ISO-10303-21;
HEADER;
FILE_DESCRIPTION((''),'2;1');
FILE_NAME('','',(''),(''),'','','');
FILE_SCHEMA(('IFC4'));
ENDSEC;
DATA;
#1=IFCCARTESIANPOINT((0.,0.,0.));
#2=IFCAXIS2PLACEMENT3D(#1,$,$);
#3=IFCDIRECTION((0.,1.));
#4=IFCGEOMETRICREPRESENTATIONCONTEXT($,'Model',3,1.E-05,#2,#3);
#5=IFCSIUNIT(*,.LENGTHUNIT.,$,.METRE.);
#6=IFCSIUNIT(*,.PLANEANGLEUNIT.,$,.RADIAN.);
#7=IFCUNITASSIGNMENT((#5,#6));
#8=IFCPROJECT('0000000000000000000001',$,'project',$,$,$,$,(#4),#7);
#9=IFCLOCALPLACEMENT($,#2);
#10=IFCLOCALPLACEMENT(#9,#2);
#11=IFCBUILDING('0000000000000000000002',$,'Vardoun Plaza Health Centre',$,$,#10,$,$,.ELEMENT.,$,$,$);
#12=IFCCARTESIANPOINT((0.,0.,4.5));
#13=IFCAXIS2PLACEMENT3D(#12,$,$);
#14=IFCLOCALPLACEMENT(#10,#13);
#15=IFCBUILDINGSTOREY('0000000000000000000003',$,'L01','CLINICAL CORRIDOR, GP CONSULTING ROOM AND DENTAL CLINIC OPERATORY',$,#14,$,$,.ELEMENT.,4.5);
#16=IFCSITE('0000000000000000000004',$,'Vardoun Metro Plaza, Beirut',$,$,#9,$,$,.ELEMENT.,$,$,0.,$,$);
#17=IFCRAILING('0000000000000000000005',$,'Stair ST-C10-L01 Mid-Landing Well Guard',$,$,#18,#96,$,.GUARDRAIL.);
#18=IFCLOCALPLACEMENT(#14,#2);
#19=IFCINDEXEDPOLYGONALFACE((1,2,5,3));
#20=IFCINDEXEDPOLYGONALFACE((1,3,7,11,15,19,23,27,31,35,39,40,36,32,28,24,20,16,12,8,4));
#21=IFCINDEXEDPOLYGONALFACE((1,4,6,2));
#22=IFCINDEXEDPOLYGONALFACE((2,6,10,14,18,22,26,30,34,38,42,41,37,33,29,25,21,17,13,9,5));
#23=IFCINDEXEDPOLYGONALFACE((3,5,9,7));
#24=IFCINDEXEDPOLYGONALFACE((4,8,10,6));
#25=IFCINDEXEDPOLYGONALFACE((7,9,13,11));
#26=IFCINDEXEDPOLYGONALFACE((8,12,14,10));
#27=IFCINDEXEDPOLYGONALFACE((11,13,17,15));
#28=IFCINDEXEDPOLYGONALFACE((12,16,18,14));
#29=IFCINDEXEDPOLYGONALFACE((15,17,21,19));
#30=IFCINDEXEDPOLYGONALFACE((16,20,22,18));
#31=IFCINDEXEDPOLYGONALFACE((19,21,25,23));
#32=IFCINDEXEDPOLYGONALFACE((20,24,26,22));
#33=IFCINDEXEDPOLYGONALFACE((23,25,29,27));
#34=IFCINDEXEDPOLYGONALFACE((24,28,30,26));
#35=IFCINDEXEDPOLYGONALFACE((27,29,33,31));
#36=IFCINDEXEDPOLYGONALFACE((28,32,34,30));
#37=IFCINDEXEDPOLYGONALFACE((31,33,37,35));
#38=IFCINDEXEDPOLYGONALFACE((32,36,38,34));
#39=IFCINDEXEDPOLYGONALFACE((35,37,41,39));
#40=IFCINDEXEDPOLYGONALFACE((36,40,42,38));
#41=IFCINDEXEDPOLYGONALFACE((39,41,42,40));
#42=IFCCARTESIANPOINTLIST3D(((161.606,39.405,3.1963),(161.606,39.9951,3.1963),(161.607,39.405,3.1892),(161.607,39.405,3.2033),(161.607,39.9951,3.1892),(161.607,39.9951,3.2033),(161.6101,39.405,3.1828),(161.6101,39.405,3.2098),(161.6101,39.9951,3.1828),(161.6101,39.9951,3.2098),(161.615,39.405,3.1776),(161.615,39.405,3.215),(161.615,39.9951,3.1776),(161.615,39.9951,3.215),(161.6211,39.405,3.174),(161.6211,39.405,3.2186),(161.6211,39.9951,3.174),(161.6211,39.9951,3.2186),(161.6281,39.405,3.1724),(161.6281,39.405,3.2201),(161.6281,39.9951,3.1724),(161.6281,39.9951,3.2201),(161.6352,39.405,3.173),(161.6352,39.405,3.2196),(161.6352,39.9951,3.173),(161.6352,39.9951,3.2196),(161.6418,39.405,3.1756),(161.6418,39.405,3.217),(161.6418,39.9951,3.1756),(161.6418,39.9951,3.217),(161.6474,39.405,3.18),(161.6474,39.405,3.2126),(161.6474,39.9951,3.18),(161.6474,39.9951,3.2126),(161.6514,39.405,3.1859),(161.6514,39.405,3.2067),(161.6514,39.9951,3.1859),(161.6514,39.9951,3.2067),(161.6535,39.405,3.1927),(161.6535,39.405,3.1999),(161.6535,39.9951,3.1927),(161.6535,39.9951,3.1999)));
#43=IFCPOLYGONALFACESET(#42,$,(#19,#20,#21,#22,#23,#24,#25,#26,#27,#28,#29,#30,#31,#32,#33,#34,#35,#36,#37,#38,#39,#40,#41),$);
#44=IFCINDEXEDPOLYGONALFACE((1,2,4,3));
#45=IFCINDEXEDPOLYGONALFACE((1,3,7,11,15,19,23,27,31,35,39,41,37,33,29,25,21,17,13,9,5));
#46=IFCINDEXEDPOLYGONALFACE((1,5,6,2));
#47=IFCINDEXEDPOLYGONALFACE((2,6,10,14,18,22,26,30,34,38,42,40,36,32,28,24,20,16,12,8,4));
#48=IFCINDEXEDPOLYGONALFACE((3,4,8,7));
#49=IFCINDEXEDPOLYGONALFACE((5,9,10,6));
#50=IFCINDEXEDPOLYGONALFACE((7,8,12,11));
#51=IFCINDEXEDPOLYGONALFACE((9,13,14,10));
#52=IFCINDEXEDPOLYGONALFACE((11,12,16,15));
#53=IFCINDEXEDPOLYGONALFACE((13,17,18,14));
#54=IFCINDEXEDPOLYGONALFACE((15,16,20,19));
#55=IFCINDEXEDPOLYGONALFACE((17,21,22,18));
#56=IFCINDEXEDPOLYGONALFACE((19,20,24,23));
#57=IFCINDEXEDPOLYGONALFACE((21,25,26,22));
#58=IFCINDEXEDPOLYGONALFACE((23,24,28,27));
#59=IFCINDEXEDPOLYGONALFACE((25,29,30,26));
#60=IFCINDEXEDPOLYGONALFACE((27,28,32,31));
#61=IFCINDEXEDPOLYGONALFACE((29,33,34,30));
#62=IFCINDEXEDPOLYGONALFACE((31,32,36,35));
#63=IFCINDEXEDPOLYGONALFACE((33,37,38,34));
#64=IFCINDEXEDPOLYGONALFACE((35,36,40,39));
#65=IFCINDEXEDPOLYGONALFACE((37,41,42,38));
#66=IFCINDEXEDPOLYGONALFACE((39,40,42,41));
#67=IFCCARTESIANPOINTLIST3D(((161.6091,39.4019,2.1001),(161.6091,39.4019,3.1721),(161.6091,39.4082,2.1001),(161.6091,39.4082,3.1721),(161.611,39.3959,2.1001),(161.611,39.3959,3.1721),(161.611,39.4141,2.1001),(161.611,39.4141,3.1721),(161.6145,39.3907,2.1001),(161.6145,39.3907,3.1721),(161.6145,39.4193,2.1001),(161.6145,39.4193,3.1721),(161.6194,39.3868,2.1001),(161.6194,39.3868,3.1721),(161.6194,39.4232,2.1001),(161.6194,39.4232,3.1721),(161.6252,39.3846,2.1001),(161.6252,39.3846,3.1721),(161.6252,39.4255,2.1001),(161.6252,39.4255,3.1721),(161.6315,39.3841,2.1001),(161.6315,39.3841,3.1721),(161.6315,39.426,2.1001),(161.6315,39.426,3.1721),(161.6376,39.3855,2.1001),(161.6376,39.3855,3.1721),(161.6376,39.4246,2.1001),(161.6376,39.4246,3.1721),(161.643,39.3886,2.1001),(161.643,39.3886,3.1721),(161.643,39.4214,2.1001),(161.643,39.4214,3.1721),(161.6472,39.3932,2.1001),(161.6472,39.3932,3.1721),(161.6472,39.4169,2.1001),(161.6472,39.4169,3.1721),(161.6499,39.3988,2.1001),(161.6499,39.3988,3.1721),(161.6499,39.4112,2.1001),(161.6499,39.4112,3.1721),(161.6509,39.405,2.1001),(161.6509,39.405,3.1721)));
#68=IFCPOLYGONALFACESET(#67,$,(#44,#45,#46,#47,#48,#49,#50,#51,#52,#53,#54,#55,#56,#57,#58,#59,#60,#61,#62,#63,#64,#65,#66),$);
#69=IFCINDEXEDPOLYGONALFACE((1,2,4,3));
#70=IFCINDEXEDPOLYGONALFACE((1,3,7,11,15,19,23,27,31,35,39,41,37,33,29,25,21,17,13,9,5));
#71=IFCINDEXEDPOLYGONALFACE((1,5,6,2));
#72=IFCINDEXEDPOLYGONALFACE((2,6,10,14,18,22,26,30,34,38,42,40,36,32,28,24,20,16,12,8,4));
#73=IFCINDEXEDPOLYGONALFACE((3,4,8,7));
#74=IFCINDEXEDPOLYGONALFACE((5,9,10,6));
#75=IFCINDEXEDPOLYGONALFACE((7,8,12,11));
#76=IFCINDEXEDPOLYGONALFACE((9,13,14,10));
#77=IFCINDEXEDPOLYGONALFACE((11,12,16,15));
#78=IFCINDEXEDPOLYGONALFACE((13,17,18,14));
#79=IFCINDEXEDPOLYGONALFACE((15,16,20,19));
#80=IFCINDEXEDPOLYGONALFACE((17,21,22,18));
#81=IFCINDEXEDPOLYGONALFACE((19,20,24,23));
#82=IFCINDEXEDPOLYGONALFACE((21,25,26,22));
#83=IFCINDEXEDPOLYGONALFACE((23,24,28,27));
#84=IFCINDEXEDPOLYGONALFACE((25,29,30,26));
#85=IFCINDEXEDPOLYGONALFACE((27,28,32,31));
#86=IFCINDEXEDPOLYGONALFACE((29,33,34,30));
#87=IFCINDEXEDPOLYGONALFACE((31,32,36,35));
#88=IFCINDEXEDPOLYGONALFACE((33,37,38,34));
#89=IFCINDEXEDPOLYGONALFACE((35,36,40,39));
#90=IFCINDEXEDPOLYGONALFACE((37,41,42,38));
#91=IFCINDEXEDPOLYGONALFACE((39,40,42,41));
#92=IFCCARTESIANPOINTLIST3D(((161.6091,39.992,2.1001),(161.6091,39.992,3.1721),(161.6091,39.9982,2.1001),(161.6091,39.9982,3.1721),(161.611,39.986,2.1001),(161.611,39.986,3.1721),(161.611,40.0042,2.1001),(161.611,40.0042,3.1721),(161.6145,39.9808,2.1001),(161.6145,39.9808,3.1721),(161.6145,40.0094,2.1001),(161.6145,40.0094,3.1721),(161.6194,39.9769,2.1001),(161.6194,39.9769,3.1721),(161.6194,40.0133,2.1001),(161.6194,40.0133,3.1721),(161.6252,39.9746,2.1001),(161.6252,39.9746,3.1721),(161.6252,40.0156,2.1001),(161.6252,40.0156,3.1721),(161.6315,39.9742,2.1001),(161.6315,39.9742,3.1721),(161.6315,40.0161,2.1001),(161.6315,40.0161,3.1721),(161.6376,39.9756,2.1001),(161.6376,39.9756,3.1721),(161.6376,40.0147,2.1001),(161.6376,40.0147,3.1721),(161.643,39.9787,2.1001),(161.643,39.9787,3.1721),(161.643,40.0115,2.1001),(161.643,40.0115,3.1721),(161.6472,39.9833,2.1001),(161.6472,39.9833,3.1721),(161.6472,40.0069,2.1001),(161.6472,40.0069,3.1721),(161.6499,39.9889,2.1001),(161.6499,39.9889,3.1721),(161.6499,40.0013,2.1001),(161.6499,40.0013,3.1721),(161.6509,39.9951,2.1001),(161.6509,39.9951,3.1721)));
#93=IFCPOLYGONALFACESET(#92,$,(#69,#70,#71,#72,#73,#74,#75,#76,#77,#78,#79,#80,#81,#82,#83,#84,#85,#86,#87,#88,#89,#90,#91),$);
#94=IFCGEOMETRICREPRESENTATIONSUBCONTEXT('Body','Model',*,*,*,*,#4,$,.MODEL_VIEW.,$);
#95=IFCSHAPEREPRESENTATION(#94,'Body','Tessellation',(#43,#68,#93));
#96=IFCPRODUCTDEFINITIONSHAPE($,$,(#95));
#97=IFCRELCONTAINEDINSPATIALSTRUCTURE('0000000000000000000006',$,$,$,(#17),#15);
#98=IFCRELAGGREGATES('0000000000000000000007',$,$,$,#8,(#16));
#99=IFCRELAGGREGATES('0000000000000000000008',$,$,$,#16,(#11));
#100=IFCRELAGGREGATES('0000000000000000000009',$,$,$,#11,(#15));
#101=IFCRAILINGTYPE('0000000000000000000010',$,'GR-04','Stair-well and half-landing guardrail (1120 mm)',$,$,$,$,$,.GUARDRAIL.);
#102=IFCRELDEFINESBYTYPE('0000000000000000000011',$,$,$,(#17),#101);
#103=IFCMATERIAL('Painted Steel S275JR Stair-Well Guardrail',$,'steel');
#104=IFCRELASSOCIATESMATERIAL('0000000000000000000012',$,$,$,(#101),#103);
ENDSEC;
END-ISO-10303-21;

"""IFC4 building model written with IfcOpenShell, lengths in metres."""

from ifc_helpers import new_model, si_unit, direction, frame, origin, origin_2d, place, context, subcontext, project, spatial, circle, extrude, material, type_object, element, save


model = new_model("IFC4")

# Units and contexts
model_context = context("Model", 3, precision=1e-05, world=origin(), true_north=direction((0.0, 1.0)))
body_context = subcontext(model_context, "Body", "Model", "MODEL_VIEW")
ifc_project = project(units=[si_unit("LENGTHUNIT", "METRE"), si_unit("PLANEANGLEUNIT", "RADIAN")], contexts=[model_context])

# Site, building, storey
site_placement = place(None, origin())
site = spatial("IfcSite", under=ifc_project, at=site_placement, Name="Vardoun Metro Plaza, Beirut", CompositionType="ELEMENT", RefElevation=0.0)
building_placement = place(site_placement, origin())
building = spatial("IfcBuilding", under=site, at=building_placement, Name="Vardoun Plaza Health Centre", CompositionType="ELEMENT")
storey_placement = place(building_placement, frame((0.0, 0.0, 4.5)))
storey = spatial("IfcBuildingStorey", under=building, at=storey_placement, Name="L01", Description="CLINICAL CORRIDOR, GP CONSULTING ROOM AND DENTAL CLINIC OPERATORY", CompositionType="ELEMENT", Elevation=4.5)

# Railing
ifc_material_1 = material(Name="Painted Steel S275JR Stair-Well Guardrail", Category="steel")
railing_type_1 = type_object("IfcRailingType", Name="GR-04", Description="Stair-well and half-landing guardrail (1120 mm)", PredefinedType="GUARDRAIL", material=ifc_material_1)
railing_1_placement = place(storey_placement, frame((161.6299, 39.405, 2.1001)))
element("IfcRailing", 1, at=railing_1_placement, inside=storey, type_object=railing_type_1, Name="Stair ST-C10-L01 Mid-Landing Well Guard", PredefinedType="GUARDRAIL", context=body_context, shape_type="SweptSolid", body=[
    extrude(circle(Radius=0.0239, at=origin_2d()), frame((0.0, 0.0, 1.0962), z_axis=(0.0, 1.0, 0.0), x_axis=(-1.0, 0.0, 0.0)), (0.0, 0.0, 1.0), 0.5901),
    extrude(circle(Radius=0.021, at=origin_2d()), origin(), (0.0, 0.0, 1.0), 1.072),
    extrude(circle(Radius=0.021, at=origin_2d()), frame((0.0, 0.5901, 0.0)), (0.0, 0.0, 1.0), 1.072),
])

save(model, "model.ifc")
